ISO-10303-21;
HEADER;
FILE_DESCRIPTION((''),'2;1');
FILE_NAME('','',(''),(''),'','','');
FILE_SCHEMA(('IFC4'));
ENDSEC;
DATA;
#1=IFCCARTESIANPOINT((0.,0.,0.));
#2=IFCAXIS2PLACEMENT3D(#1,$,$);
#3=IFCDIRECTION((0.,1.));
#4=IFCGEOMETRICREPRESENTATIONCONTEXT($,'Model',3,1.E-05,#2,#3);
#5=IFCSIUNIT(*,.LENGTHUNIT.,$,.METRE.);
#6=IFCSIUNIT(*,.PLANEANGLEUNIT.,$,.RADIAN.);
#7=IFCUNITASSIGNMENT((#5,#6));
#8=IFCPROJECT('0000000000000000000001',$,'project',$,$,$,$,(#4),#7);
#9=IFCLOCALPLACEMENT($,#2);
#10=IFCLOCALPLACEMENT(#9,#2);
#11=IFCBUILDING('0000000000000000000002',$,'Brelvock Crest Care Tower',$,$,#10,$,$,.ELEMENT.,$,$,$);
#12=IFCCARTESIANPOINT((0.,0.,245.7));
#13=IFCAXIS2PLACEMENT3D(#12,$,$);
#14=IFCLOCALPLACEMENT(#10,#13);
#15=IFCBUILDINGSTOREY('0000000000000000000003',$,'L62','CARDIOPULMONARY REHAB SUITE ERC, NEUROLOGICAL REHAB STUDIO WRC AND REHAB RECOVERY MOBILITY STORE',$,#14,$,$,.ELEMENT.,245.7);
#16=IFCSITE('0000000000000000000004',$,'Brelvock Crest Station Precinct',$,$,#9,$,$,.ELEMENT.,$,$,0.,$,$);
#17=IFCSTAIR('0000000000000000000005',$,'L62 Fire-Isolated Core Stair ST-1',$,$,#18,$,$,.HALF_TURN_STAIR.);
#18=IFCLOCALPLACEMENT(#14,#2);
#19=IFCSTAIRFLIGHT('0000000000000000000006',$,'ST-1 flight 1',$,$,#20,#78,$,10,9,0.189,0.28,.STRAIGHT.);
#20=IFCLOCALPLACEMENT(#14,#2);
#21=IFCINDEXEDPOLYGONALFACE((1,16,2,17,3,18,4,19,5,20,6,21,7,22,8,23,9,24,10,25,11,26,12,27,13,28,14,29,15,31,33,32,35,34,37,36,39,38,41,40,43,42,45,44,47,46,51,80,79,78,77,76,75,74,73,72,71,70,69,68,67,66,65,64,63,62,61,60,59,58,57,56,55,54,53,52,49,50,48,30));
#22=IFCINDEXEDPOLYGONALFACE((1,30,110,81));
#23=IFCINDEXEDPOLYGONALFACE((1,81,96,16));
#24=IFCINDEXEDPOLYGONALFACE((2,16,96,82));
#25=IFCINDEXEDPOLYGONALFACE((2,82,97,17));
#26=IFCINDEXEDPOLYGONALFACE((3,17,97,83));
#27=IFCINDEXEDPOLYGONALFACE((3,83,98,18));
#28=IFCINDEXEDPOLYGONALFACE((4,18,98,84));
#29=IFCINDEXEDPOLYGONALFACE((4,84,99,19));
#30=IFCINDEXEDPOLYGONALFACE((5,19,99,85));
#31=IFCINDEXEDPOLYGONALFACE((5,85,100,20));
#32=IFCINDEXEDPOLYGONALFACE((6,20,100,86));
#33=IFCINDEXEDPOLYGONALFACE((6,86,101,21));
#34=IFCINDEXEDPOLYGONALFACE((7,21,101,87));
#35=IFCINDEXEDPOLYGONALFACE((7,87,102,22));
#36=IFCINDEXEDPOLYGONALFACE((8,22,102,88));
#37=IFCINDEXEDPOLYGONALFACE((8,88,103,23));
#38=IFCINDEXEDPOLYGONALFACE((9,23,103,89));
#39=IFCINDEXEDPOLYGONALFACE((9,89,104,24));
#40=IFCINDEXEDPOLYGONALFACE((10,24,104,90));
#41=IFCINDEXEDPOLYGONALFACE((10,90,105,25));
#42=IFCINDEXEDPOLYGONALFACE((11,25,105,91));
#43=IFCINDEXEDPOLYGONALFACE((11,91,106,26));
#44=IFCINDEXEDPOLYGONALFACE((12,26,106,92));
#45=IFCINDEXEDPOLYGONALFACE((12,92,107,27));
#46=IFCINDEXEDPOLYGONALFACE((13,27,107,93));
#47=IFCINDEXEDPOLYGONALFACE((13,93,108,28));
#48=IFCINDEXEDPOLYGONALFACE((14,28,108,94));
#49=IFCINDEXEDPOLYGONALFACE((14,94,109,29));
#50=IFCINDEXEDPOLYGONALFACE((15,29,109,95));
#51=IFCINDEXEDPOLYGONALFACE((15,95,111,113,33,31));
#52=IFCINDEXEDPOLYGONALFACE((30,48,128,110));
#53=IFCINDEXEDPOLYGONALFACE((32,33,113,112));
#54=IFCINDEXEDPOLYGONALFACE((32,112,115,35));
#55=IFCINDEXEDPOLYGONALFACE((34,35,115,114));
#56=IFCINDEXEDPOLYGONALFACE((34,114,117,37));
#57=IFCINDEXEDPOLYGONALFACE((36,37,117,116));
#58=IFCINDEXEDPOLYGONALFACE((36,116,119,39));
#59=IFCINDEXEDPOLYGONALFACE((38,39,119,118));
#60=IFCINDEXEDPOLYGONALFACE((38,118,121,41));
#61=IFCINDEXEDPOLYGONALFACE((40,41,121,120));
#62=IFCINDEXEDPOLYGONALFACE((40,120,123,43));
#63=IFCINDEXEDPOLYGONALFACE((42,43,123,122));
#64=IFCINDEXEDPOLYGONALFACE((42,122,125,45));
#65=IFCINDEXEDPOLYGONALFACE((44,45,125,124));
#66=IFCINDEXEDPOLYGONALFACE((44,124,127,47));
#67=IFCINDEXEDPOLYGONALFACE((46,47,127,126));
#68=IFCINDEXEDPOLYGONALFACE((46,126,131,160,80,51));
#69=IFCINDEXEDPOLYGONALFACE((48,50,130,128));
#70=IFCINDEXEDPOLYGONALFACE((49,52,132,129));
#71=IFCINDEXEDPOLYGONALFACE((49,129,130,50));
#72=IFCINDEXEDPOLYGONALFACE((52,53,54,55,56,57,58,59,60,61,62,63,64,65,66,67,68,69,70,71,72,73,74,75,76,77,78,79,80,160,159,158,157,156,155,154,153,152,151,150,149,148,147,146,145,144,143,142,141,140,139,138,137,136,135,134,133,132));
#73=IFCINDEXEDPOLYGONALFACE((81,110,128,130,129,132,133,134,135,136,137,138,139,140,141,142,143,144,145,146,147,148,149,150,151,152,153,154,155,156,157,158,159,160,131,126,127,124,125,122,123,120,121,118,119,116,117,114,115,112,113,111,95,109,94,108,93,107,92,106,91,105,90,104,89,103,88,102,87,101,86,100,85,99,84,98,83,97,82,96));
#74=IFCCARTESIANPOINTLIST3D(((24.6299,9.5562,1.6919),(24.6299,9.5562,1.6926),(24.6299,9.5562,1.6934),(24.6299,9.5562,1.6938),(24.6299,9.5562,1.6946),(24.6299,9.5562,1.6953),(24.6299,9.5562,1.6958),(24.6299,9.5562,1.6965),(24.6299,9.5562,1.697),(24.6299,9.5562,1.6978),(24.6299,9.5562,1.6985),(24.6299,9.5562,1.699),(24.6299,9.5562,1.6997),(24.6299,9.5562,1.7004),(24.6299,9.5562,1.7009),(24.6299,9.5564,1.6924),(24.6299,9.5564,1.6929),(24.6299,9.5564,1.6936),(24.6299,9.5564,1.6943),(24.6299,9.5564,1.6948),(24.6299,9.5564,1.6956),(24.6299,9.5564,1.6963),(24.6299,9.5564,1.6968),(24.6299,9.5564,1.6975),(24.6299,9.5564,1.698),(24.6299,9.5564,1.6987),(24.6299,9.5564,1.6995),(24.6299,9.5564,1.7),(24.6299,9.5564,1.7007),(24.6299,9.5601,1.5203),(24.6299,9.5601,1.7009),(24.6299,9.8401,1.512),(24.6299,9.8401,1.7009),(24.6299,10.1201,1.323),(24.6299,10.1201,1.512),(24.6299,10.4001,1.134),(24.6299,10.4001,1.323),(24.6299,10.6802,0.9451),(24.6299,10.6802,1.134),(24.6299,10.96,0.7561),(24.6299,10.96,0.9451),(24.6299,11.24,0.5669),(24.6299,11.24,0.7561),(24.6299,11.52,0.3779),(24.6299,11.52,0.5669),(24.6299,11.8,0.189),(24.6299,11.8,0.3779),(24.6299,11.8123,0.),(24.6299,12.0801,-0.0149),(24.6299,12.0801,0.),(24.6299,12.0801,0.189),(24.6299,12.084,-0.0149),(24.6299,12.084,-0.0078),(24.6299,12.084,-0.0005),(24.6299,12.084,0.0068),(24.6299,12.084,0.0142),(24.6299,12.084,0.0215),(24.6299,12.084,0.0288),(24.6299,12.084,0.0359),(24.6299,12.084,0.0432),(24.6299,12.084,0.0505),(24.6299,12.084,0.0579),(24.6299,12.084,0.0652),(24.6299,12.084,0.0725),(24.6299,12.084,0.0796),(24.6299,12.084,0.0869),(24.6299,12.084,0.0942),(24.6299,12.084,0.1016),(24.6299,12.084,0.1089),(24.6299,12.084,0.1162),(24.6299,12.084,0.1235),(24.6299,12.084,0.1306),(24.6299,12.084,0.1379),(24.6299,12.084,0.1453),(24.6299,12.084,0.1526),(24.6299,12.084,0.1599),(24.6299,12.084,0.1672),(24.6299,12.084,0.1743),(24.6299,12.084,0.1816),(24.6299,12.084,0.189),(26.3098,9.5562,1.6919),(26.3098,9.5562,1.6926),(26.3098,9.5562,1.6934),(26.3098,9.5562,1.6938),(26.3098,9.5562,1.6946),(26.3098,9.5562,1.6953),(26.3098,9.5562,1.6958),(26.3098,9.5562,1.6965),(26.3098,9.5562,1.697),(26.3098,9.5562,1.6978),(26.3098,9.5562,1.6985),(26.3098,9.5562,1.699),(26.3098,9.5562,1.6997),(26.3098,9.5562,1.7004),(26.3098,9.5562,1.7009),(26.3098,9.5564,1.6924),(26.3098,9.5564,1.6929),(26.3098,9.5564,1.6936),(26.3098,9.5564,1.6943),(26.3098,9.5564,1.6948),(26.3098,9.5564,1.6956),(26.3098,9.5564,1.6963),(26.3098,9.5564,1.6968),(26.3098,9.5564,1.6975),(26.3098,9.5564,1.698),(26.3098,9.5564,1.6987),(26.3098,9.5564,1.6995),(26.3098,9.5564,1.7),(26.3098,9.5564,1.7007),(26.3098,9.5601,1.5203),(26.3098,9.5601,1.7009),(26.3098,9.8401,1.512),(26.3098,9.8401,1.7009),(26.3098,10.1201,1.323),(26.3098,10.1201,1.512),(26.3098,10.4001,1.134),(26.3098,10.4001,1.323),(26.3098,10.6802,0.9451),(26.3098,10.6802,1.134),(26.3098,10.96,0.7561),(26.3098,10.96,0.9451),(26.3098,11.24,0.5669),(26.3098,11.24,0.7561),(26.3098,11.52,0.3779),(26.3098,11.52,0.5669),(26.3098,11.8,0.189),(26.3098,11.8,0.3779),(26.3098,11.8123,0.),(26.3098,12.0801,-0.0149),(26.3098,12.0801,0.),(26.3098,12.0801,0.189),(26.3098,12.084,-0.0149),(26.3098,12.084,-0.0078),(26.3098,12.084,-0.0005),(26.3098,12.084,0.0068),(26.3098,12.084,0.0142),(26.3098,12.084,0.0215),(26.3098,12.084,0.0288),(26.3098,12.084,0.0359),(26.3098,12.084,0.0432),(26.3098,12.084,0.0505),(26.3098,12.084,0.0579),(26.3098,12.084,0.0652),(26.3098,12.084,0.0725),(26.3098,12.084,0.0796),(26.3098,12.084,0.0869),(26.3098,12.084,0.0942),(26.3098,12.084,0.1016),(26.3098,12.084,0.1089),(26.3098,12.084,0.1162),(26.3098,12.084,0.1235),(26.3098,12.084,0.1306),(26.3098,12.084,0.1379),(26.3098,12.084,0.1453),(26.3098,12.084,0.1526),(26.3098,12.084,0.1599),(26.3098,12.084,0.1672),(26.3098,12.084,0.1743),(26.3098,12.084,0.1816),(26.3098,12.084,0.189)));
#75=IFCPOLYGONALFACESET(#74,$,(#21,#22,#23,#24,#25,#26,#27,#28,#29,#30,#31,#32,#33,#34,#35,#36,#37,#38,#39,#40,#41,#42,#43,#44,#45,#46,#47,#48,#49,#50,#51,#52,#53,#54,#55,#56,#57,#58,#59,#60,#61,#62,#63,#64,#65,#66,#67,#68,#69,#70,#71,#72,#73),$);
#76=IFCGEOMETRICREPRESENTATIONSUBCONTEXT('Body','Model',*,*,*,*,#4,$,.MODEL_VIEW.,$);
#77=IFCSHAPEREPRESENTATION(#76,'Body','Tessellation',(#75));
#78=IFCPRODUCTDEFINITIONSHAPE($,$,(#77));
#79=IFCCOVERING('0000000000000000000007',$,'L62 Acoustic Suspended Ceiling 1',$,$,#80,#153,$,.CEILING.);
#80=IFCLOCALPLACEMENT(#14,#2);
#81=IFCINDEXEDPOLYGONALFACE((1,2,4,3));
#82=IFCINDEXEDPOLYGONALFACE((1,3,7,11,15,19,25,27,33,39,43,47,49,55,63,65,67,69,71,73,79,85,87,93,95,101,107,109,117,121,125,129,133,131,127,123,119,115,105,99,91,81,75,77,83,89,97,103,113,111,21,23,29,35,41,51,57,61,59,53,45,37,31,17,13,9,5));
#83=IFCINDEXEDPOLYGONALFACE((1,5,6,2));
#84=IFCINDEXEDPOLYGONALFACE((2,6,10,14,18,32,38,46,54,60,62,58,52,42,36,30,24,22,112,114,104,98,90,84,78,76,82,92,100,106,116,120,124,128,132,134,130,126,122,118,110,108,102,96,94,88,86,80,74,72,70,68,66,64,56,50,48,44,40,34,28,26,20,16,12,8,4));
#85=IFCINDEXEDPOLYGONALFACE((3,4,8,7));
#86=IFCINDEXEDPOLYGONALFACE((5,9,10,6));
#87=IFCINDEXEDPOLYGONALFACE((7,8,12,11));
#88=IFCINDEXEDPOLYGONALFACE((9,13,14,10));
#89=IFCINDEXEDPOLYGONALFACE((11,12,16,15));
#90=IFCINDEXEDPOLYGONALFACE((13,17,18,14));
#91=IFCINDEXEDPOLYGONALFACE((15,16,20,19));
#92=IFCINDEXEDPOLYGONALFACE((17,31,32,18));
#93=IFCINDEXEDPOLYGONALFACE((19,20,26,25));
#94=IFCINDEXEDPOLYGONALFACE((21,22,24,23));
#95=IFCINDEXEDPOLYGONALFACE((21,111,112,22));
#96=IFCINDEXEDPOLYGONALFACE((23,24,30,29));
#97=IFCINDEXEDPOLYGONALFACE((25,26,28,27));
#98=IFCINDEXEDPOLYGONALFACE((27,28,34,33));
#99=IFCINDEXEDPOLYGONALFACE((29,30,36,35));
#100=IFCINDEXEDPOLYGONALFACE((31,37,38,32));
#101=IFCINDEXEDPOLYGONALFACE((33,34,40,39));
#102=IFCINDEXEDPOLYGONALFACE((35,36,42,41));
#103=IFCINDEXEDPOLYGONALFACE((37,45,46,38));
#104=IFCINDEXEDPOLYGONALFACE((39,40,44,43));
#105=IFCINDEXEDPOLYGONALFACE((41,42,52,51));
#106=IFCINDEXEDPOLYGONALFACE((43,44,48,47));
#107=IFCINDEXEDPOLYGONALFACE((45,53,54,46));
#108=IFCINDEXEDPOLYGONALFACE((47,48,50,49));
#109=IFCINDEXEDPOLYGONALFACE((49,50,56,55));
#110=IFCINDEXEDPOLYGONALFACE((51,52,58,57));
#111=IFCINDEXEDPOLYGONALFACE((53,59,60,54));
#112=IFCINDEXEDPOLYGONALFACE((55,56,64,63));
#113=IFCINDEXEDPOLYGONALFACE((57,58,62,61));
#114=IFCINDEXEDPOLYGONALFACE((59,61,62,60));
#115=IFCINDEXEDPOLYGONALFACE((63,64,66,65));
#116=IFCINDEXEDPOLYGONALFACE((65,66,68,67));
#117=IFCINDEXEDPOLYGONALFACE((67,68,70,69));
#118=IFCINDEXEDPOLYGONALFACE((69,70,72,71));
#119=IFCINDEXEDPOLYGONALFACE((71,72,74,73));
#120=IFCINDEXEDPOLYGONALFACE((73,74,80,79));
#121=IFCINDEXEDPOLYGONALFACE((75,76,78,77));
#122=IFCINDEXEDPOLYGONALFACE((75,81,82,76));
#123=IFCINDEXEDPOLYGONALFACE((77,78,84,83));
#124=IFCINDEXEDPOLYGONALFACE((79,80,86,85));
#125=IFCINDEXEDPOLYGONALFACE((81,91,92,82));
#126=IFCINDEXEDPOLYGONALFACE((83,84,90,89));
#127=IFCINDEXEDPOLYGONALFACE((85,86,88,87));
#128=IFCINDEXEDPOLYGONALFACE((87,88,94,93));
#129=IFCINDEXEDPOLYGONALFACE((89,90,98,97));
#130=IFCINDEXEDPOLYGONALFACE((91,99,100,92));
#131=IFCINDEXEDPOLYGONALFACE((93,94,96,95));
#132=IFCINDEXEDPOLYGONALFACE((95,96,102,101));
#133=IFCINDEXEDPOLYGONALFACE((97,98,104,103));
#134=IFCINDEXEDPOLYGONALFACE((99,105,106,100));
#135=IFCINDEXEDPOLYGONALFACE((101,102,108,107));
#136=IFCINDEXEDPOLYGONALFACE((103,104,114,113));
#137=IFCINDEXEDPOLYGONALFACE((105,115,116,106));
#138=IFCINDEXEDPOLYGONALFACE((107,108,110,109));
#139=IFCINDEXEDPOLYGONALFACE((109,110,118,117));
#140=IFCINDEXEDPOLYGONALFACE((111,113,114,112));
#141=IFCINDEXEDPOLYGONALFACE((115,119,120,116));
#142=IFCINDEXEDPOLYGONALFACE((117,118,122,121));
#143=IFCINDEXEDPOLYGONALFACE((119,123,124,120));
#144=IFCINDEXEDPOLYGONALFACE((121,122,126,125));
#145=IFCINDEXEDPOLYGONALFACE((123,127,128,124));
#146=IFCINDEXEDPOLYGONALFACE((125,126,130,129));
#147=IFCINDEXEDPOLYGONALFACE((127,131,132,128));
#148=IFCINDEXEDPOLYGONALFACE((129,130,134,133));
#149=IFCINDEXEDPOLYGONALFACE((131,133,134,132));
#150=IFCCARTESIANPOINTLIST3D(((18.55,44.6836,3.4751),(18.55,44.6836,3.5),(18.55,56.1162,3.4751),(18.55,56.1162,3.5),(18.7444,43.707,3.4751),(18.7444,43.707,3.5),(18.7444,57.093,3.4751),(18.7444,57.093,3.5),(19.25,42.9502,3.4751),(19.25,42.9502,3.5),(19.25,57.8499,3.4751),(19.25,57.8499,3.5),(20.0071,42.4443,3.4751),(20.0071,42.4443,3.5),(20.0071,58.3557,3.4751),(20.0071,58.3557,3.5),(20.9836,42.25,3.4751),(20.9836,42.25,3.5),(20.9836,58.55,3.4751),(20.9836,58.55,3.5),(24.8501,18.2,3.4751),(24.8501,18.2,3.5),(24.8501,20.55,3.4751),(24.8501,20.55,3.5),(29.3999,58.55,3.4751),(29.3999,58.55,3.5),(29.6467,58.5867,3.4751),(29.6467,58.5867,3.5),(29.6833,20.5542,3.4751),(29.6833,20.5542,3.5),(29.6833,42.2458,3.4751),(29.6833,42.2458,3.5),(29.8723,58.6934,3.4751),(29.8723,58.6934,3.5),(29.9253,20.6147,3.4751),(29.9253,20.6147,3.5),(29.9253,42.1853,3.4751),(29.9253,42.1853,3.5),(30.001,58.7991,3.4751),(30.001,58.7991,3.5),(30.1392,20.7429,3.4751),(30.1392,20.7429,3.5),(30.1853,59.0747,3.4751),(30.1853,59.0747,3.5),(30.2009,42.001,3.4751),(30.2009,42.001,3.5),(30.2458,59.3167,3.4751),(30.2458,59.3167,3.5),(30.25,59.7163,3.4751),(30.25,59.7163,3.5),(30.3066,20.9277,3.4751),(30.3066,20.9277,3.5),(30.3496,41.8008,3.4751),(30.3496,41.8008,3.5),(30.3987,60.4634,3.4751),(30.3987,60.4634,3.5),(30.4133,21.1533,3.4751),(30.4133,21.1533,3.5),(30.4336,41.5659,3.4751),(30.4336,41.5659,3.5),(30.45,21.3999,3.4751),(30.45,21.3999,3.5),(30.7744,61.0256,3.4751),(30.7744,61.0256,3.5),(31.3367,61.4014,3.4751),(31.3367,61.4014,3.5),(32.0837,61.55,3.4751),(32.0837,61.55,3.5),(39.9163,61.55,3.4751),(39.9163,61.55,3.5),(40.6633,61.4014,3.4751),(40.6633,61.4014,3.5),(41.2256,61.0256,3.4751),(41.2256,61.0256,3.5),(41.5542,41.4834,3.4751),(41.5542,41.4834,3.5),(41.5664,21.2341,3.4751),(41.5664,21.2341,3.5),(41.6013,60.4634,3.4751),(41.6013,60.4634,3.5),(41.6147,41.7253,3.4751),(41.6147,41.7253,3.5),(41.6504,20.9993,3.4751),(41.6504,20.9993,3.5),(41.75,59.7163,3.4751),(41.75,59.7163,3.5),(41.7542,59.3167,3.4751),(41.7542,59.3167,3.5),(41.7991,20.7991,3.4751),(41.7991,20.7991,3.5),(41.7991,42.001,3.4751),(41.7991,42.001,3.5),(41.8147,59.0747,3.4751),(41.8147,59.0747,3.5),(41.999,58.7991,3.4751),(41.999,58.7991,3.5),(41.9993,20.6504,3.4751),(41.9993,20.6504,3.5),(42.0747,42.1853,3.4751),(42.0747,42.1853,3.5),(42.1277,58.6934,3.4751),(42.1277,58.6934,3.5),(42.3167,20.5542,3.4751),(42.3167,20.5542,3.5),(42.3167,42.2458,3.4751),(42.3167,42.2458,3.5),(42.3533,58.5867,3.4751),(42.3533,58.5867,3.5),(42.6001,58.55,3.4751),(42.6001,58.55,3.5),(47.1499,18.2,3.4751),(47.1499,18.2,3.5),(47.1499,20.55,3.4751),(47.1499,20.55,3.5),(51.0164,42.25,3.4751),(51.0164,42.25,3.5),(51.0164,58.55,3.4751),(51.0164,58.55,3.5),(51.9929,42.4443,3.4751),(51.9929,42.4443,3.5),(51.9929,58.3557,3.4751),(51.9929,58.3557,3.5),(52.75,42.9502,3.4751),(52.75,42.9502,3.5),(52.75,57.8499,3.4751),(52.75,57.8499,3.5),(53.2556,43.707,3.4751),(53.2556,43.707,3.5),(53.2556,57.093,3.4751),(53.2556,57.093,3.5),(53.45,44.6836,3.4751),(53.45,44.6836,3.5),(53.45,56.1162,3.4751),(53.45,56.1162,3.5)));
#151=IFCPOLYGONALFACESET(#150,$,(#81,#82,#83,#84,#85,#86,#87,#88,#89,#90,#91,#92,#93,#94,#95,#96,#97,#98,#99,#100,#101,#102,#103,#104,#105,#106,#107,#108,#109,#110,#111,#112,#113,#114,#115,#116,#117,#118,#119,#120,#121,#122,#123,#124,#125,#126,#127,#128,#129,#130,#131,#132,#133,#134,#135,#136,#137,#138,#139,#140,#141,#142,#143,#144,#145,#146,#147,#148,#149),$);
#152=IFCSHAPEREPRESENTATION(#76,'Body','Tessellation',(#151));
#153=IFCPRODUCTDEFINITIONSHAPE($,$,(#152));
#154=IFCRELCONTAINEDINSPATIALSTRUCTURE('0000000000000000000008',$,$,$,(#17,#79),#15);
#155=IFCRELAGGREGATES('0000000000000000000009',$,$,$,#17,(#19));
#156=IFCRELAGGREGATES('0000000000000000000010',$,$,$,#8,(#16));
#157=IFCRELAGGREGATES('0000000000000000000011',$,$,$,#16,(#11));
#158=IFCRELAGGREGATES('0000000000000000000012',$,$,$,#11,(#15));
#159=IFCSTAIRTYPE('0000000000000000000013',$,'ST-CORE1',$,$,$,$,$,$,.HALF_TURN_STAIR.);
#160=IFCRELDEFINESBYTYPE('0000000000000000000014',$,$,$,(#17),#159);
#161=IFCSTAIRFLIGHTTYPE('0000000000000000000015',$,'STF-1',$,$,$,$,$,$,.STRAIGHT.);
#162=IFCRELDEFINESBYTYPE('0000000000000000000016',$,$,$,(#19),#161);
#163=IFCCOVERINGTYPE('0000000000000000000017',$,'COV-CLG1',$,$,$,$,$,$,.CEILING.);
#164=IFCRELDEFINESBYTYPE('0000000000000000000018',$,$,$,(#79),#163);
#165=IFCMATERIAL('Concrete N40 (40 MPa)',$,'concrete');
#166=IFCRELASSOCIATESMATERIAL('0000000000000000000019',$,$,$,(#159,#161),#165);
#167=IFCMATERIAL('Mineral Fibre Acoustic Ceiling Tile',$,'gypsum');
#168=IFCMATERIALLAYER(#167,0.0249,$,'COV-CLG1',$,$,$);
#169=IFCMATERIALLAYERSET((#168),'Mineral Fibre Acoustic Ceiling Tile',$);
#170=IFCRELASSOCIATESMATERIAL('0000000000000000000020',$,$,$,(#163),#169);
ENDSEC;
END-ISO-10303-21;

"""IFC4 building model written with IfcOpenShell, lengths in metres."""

from ifc_helpers import new_model, si_unit, direction, frame, origin, place, context, subcontext, project, spatial, polyline, outline, extrude, material, layer, layer_set, type_object, element, aggregate, save


model = new_model("IFC4")

# Units and contexts
model_context = context("Model", 3, precision=1e-05, world=origin(), true_north=direction((0.0, 1.0)))
body_context = subcontext(model_context, "Body", "Model", "MODEL_VIEW")
ifc_project = project(units=[si_unit("LENGTHUNIT", "METRE"), si_unit("PLANEANGLEUNIT", "RADIAN")], contexts=[model_context])

# Site, building, storey
site_placement = place(None, origin())
site = spatial("IfcSite", under=ifc_project, at=site_placement, Name="Brelvock Crest Station Precinct", CompositionType="ELEMENT", RefElevation=0.0)
building_placement = place(site_placement, origin())
building = spatial("IfcBuilding", under=site, at=building_placement, Name="Brelvock Crest Care Tower", CompositionType="ELEMENT")
storey_placement = place(building_placement, frame((0.0, 0.0, 245.7)))
storey = spatial("IfcBuildingStorey", under=building, at=storey_placement, Name="L62", Description="CARDIOPULMONARY REHAB SUITE ERC, NEUROLOGICAL REHAB STUDIO WRC AND REHAB RECOVERY MOBILITY STORE", CompositionType="ELEMENT", Elevation=245.7)

# Stair
ifc_material_1 = material(Name="Concrete N40 (40 MPa)", Category="concrete")
stair_type = type_object("IfcStairType", Name="ST-CORE1", PredefinedType="HALF_TURN_STAIR", material=ifc_material_1)
stair_1_placement = place(storey_placement, origin())
stair_1 = element("IfcStair", 1, at=stair_1_placement, inside=storey, type_object=stair_type, Name="L62 Fire-Isolated Core Stair ST-1", PredefinedType="HALF_TURN_STAIR")

# Stair flight
stair_flight_type = type_object("IfcStairFlightType", Name="STF-1", PredefinedType="STRAIGHT", material=ifc_material_1)
stair_flight_placement = place(storey_placement, frame((25.47, 12.0801, 0.0), z_axis=(0.0, 0.0, 1.0), x_axis=(0.0, -1.0, 0.0)))
stair_flight = element("IfcStairFlight", 2, at=stair_flight_placement, type_object=stair_flight_type, Name="ST-1 flight 1", NumberOfRisers=10, NumberOfTreads=9, PredefinedType="STRAIGHT", RiserHeight=0.189, TreadLength=0.28, context=body_context, shape_type="SweptSolid", body=[
    extrude(outline(polyline([(-0.0039, -0.0149), (-0.0039, -0.0078), (-0.0039, -0.0005), (-0.0039, 0.0068), (-0.0039, 0.0142), (-0.0039, 0.0215), (-0.0039, 0.0288), (-0.0039, 0.0359), (-0.0039, 0.0432), (-0.0039, 0.0505), (-0.0039, 0.0579), (-0.0039, 0.0652), (-0.0039, 0.0725), (-0.0039, 0.0796), (-0.0039, 0.0869), (-0.0039, 0.0942), (-0.0039, 0.1016), (-0.0039, 0.1089), (-0.0039, 0.1162), (-0.0039, 0.1235), (-0.0039, 0.1306), (-0.0039, 0.1379), (-0.0039, 0.1453), (-0.0039, 0.1526), (-0.0039, 0.1599), (-0.0039, 0.1672), (-0.0039, 0.1743), (-0.0039, 0.1816), (-0.0039, 0.189), (0.0, 0.189), (0.28, 0.189), (0.28, 0.3779), (0.5601, 0.3779), (0.5601, 0.5669), (0.8401, 0.5669), (0.8401, 0.7561), (1.1201, 0.7561), (1.1201, 0.9451), (1.3999, 0.9451), (1.3999, 1.134), (1.6799, 1.134), (1.6799, 1.323), (1.96, 1.323), (1.96, 1.512), (2.24, 1.512), (2.24, 1.7009), (2.52, 1.7009), (2.5239, 1.7009), (2.5237, 1.7007), (2.5239, 1.7004), (2.5237, 1.7), (2.5239, 1.6997), (2.5237, 1.6995), (2.5239, 1.699), (2.5237, 1.6987), (2.5239, 1.6985), (2.5237, 1.698), (2.5239, 1.6978), (2.5237, 1.6975), (2.5239, 1.697), (2.5237, 1.6968), (2.5239, 1.6965), (2.5237, 1.6963), (2.5239, 1.6958), (2.5237, 1.6956), (2.5239, 1.6953), (2.5237, 1.6948), (2.5239, 1.6946), (2.5237, 1.6943), (2.5239, 1.6938), (2.5237, 1.6936), (2.5239, 1.6934), (2.5237, 1.6929), (2.5239, 1.6926), (2.5237, 1.6924), (2.5239, 1.6919), (2.52, 1.5203), (0.2678, 0.0), (0.0, 0.0), (0.0, -0.0149), (-0.0039, -0.0149)])), frame((0.0, 0.8398, 0.0), z_axis=(0.0, -1.0, 0.0), x_axis=(1.0, 0.0, 0.0)), (0.0, 0.0, 1.0), 1.6799),
])
aggregate(stair_1, [stair_flight])

# Covering
ifc_material_2 = material(Name="Mineral Fibre Acoustic Ceiling Tile", Category="gypsum")
ifc_layer_1 = layer(ifc_material_2, 0.0249, Name="COV-CLG1")
ifc_layer_set_1 = layer_set([ifc_layer_1], Name="Mineral Fibre Acoustic Ceiling Tile")
covering_type_1 = type_object("IfcCoveringType", Name="COV-CLG1", PredefinedType="CEILING", material=ifc_layer_set_1)
covering_1_placement = place(storey_placement, frame((0.0, 0.0, 3.4751)))
element("IfcCovering", 3, at=covering_1_placement, inside=storey, type_object=covering_type_1, Name="L62 Acoustic Suspended Ceiling 1", PredefinedType="CEILING", context=body_context, shape_type="SweptSolid", body=[
    extrude(outline(polyline([(24.8501, 18.2), (47.1499, 18.2), (47.1499, 20.55), (42.3167, 20.5542), (41.9993, 20.6504), (41.7991, 20.7991), (41.6504, 20.9993), (41.5664, 21.2341), (41.5542, 41.4834), (41.6147, 41.7253), (41.7991, 42.001), (42.0747, 42.1853), (42.3167, 42.2458), (51.0164, 42.25), (51.9929, 42.4443), (52.75, 42.9502), (53.2556, 43.707), (53.45, 44.6836), (53.45, 56.1162), (53.2556, 57.093), (52.75, 57.8499), (51.9929, 58.3557), (51.0164, 58.55), (42.6001, 58.55), (42.3533, 58.5867), (42.1277, 58.6934), (41.999, 58.7991), (41.8147, 59.0747), (41.7542, 59.3167), (41.75, 59.7163), (41.6013, 60.4634), (41.2256, 61.0256), (40.6633, 61.4014), (39.9163, 61.55), (32.0837, 61.55), (31.3367, 61.4014), (30.7744, 61.0256), (30.3987, 60.4634), (30.25, 59.7163), (30.2458, 59.3167), (30.1853, 59.0747), (30.001, 58.7991), (29.8723, 58.6934), (29.6467, 58.5867), (29.3999, 58.55), (20.9836, 58.55), (20.0071, 58.3557), (19.25, 57.8499), (18.7444, 57.093), (18.55, 56.1162), (18.55, 44.6836), (18.7444, 43.707), (19.25, 42.9502), (20.0071, 42.4443), (20.9836, 42.25), (29.6833, 42.2458), (29.9253, 42.1853), (30.2009, 42.001), (30.3496, 41.8008), (30.4336, 41.5659), (30.45, 21.3999), (30.4133, 21.1533), (30.3066, 20.9277), (30.1392, 20.7429), (29.9253, 20.6147), (29.6833, 20.5542), (24.8501, 20.55), (24.8501, 18.2)])), origin(), (0.0, 0.0, 1.0), 0.0249),
])

save(model, "model.ifc")
